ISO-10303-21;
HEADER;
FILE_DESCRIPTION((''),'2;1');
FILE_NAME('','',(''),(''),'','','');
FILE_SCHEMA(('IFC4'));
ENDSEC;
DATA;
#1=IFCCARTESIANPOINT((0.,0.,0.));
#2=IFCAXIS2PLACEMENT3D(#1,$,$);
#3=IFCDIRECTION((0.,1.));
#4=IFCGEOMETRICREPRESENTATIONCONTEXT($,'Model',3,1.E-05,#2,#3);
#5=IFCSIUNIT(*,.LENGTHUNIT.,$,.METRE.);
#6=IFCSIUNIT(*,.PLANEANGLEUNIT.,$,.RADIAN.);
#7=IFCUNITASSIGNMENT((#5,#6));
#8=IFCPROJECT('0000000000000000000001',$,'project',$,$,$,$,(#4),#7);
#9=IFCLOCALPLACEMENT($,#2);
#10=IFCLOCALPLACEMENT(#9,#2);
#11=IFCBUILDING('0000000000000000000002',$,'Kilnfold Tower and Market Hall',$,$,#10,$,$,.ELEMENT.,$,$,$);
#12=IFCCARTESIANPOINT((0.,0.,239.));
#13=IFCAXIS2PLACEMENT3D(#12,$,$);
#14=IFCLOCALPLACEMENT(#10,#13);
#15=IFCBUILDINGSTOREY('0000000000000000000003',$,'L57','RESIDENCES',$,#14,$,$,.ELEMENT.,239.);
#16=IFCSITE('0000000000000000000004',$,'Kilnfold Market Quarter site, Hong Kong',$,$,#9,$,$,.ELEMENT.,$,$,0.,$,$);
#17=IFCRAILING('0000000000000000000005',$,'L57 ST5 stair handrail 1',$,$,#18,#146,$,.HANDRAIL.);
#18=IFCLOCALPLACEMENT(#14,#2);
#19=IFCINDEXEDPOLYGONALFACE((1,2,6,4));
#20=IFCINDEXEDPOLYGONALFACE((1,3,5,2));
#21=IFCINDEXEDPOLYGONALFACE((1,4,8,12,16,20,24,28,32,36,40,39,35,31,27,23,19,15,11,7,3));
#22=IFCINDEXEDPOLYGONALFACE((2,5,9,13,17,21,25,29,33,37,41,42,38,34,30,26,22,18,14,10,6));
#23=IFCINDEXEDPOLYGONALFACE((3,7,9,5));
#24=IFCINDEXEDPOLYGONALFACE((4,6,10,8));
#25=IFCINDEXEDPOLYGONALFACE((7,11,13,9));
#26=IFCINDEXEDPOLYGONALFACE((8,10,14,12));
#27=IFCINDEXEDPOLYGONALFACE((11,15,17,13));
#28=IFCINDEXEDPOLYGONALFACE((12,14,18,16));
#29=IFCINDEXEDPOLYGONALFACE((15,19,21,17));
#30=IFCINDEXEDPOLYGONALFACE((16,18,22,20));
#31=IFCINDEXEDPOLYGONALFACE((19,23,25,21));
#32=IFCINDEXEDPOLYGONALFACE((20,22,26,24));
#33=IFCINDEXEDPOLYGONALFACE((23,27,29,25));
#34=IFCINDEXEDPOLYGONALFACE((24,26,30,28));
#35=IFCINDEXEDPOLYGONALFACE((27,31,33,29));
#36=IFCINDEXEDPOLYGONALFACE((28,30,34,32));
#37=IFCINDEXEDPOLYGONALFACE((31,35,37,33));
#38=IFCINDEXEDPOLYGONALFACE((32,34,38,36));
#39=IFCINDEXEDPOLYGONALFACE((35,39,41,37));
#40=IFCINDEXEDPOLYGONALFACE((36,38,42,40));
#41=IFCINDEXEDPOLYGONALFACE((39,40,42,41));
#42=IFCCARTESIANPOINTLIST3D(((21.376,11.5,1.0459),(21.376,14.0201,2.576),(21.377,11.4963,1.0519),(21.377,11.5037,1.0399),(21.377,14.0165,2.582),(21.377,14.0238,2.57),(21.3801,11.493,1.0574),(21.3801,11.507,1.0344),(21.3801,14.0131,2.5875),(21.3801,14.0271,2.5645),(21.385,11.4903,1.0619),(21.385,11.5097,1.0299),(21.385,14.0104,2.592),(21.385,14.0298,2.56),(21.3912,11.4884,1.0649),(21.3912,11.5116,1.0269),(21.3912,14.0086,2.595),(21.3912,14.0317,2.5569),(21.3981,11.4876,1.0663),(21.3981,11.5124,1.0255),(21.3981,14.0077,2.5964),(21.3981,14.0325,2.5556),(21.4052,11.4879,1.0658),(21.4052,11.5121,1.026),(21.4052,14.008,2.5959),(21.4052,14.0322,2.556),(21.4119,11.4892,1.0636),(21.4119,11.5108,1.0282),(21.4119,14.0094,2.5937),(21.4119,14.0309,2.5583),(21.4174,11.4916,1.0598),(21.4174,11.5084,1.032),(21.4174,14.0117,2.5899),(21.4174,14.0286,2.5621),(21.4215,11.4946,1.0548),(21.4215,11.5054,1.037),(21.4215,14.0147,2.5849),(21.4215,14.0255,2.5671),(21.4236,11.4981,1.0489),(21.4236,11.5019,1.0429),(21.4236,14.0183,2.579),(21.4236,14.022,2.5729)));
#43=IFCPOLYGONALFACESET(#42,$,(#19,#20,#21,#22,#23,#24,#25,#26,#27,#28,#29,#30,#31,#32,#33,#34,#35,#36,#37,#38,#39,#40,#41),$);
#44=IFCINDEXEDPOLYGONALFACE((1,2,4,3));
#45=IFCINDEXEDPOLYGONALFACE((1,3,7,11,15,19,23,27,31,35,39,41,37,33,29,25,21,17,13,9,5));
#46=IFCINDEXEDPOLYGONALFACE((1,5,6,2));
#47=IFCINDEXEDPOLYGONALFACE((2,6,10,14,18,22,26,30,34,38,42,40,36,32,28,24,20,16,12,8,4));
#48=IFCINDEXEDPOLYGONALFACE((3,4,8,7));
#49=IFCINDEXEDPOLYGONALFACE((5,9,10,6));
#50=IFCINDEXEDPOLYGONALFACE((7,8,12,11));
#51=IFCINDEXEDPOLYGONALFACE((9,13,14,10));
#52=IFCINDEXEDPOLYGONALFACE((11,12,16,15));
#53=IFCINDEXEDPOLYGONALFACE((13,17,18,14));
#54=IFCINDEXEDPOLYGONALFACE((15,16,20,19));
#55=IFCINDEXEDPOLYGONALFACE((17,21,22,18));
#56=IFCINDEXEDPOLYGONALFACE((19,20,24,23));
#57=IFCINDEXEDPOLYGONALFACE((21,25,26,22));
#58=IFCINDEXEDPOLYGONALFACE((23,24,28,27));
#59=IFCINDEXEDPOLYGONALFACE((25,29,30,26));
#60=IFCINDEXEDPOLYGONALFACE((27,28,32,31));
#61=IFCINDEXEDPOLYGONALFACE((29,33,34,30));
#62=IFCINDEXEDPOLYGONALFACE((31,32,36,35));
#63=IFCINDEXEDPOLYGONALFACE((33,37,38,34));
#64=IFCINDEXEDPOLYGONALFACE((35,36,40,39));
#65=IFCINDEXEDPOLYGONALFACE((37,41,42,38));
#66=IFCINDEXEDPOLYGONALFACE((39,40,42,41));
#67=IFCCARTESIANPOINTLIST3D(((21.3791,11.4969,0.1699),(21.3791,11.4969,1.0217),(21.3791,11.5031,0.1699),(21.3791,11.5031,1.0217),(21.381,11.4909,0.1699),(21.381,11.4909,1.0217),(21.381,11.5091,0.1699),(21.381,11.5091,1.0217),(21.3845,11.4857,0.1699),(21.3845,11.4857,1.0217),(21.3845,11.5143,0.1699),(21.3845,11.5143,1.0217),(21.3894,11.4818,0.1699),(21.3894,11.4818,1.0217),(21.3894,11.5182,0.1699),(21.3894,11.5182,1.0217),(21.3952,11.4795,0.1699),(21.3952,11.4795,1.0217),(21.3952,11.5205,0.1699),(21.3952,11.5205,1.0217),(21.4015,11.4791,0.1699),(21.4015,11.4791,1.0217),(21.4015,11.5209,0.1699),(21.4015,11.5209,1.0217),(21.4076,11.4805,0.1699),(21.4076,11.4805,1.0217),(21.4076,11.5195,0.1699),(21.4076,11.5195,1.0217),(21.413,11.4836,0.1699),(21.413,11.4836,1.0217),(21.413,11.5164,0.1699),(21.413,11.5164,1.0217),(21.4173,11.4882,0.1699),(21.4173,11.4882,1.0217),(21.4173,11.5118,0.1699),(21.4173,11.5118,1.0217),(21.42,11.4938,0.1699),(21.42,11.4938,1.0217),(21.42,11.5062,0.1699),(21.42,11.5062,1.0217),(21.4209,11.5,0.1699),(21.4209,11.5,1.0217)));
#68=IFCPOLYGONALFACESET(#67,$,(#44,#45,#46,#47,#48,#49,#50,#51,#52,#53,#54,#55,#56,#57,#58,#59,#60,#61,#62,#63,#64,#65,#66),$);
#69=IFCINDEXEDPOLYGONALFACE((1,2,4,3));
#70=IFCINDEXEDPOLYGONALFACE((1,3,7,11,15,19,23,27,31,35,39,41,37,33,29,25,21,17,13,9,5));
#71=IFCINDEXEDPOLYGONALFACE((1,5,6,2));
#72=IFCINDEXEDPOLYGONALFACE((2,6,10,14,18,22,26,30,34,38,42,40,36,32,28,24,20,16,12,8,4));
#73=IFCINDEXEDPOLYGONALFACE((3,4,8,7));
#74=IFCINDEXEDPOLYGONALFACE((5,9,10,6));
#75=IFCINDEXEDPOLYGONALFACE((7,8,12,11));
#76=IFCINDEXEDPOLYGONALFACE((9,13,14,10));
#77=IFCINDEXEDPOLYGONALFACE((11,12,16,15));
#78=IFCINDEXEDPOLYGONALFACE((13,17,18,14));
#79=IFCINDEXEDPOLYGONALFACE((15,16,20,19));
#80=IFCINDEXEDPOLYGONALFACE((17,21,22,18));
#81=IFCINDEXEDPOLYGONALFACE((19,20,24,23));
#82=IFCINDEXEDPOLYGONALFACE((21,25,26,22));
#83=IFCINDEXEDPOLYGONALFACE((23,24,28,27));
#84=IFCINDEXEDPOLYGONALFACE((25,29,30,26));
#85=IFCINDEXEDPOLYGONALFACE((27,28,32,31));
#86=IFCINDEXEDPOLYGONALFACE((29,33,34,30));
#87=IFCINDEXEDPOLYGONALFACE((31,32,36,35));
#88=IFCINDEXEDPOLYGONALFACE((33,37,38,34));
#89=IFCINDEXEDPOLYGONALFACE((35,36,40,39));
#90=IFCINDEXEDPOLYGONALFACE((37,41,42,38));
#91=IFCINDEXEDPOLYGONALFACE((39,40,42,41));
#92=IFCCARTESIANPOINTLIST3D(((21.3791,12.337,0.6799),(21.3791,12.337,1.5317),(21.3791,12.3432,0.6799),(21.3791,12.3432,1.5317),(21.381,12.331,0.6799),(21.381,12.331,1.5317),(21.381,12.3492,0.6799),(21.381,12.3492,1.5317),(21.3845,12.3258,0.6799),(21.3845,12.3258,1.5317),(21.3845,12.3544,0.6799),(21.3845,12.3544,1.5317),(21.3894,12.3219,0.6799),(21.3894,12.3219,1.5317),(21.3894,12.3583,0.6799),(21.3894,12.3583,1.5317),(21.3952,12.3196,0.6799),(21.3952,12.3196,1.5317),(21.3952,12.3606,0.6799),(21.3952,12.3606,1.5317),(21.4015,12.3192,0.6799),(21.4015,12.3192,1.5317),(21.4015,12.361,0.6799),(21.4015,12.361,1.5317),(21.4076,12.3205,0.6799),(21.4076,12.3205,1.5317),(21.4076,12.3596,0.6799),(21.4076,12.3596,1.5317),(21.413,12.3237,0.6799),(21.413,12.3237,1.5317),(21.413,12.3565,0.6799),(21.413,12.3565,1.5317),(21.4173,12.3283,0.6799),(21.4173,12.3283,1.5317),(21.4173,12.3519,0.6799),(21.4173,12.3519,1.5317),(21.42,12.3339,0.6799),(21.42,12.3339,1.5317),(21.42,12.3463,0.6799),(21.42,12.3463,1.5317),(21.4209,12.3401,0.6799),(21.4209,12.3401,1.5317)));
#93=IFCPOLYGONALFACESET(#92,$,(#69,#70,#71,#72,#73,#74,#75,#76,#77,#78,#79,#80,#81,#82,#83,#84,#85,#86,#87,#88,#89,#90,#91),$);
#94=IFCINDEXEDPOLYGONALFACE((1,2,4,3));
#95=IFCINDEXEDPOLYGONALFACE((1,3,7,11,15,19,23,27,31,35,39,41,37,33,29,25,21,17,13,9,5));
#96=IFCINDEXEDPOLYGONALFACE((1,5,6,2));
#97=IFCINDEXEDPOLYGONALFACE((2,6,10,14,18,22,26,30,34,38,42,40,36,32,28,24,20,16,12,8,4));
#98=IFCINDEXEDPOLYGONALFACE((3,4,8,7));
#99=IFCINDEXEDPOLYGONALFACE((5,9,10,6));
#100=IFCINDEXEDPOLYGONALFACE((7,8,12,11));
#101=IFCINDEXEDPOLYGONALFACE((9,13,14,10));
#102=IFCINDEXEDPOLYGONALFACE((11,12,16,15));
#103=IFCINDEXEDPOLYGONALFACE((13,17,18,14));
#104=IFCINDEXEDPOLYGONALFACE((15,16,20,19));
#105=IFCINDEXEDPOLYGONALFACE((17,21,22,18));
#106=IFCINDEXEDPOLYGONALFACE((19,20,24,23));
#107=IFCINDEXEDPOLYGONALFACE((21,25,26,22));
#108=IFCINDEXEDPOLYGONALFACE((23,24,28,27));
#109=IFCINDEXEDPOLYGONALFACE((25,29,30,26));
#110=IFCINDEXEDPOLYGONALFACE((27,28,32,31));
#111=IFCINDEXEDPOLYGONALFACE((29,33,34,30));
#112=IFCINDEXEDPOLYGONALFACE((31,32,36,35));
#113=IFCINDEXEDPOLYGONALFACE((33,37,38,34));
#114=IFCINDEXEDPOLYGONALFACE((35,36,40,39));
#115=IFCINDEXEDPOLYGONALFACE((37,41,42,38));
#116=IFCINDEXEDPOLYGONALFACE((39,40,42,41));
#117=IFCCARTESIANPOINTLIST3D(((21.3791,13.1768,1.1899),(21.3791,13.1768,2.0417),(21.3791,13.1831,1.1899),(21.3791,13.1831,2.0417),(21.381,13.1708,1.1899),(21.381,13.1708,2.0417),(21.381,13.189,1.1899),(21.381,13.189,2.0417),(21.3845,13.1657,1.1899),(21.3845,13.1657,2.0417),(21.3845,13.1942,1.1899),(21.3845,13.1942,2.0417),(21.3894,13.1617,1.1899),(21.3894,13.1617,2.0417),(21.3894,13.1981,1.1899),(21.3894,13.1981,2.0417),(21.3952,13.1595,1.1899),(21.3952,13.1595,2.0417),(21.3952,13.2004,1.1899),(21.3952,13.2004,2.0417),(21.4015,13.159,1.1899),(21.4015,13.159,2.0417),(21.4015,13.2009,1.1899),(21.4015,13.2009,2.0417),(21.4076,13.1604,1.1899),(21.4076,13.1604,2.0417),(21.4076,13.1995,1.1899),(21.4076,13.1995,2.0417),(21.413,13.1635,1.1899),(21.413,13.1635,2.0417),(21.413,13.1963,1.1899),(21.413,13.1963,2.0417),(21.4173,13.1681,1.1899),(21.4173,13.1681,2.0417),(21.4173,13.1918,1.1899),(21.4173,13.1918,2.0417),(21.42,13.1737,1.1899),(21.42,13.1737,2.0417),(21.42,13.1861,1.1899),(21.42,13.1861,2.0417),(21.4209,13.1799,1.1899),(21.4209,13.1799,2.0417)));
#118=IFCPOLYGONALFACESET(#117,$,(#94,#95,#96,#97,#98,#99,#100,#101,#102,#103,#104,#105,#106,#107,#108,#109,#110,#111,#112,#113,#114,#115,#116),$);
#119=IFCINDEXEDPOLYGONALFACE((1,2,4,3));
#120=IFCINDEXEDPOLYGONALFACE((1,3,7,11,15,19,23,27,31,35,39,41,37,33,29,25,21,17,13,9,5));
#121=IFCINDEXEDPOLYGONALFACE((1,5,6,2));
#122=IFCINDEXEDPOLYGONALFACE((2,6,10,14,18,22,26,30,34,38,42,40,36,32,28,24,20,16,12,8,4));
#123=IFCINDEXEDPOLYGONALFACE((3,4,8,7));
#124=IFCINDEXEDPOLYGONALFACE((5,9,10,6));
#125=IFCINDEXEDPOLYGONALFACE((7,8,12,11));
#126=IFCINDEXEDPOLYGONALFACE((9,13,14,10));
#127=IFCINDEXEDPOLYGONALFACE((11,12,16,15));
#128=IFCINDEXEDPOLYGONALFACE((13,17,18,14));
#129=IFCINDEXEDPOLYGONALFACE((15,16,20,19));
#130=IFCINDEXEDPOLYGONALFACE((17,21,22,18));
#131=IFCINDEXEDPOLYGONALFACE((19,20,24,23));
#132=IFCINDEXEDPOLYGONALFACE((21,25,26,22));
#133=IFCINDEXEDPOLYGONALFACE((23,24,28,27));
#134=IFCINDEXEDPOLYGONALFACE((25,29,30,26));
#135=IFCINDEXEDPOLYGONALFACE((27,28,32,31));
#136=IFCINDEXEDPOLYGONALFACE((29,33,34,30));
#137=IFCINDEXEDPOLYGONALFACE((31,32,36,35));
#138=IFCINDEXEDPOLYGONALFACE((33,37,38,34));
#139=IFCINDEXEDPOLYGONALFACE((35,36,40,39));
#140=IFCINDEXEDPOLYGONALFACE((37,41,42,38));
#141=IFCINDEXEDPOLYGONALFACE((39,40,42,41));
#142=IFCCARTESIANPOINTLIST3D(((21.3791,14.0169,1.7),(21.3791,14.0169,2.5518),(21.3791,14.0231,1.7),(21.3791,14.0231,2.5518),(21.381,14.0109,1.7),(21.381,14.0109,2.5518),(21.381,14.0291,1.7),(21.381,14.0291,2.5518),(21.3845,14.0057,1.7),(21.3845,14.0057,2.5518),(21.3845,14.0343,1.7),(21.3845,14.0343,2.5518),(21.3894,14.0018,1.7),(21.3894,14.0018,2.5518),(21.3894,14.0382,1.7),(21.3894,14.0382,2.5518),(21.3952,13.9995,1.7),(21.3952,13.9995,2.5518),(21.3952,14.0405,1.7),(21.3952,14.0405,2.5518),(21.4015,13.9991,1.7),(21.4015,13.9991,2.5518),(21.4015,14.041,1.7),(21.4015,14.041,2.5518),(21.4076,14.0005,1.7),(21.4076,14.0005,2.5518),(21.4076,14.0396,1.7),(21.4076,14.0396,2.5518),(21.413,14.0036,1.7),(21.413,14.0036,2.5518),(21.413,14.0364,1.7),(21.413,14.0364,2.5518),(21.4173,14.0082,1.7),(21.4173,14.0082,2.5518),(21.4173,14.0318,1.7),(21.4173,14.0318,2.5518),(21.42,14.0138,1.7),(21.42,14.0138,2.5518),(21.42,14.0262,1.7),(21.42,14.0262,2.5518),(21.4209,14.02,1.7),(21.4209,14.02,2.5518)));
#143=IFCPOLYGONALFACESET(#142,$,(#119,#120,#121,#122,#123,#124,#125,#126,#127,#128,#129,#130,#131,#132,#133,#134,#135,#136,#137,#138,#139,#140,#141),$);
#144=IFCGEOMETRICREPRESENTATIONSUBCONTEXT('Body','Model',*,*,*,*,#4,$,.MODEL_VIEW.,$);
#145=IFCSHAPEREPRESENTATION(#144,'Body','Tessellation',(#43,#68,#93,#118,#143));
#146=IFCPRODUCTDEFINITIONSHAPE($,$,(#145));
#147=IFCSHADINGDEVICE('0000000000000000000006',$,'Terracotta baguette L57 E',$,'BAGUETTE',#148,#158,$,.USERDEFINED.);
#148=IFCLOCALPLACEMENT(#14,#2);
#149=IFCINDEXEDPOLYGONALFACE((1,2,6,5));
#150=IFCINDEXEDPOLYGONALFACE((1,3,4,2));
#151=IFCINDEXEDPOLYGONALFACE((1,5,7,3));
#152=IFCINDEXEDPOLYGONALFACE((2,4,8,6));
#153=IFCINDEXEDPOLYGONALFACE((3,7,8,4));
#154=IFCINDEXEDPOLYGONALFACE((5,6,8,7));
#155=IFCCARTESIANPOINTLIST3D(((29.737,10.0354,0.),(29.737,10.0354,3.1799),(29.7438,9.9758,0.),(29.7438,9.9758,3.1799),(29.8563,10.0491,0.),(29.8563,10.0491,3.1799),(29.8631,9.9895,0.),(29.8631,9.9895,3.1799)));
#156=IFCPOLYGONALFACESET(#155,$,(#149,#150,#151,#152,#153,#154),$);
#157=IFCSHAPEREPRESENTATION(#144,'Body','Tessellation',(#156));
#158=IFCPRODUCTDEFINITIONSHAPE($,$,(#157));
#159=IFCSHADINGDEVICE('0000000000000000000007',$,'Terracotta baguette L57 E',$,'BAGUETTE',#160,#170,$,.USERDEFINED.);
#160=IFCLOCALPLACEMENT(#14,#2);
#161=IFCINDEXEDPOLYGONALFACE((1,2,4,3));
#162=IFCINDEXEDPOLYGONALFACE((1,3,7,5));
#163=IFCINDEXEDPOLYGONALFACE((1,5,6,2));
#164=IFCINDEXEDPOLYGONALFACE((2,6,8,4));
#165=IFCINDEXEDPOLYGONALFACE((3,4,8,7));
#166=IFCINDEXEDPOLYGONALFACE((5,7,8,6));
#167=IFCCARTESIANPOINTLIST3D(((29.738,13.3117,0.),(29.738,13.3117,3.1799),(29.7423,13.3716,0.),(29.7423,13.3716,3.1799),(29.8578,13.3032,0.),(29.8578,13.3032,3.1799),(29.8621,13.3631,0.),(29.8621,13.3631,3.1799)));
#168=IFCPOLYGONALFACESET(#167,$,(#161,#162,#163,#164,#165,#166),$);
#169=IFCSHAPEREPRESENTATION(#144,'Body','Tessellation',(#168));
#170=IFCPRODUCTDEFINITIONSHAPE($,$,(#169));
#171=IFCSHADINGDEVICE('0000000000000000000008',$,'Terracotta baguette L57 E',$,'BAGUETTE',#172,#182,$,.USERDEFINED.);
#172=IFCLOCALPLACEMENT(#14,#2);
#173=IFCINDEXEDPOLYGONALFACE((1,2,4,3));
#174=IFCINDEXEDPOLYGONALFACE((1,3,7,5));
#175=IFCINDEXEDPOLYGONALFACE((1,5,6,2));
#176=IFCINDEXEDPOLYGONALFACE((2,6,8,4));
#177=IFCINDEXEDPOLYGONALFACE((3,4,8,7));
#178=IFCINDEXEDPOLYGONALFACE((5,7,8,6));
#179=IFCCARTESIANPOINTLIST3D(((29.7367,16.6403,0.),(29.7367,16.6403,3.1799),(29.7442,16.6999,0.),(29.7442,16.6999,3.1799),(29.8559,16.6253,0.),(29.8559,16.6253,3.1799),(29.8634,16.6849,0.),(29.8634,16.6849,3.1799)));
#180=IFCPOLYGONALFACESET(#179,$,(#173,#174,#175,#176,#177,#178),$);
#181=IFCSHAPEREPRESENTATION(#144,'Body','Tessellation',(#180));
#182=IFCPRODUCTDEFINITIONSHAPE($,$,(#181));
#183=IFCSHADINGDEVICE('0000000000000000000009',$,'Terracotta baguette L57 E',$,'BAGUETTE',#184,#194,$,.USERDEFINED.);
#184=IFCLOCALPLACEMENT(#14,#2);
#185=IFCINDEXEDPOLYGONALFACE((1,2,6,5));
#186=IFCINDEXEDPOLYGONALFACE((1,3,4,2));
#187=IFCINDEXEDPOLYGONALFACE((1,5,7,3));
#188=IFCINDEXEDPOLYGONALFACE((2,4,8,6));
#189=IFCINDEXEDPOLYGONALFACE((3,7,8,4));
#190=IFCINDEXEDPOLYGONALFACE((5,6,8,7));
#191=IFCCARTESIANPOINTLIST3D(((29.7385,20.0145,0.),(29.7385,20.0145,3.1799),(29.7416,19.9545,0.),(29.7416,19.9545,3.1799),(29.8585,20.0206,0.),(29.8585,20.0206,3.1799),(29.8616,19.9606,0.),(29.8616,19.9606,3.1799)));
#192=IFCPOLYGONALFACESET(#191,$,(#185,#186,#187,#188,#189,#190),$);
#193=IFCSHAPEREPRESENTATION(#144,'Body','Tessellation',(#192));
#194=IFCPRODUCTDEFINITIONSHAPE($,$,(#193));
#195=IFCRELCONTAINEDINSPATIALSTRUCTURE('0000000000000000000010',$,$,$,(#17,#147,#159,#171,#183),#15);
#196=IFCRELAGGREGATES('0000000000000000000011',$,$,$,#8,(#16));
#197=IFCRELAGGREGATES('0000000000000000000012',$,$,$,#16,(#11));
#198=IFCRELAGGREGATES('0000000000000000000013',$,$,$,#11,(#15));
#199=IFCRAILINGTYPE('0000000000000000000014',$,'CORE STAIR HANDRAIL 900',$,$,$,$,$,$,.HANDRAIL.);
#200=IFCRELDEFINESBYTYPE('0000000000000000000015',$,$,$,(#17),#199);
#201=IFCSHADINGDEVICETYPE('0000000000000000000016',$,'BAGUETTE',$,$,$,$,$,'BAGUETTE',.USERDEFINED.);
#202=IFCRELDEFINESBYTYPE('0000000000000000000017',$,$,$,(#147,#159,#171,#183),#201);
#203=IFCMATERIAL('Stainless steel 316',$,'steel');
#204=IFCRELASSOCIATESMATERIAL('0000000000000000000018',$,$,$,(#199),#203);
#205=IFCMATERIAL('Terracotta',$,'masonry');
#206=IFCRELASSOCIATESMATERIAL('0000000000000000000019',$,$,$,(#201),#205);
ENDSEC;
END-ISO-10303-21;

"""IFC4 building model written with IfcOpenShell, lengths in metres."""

from ifc_helpers import new_model, si_unit, direction, frame, origin, origin_2d, place, context, subcontext, project, spatial, rectangle, circle, extrude, source, transform, mapped, material, material_profile, profile_set, type_object, element, save


model = new_model("IFC4")

# Units and contexts
model_context = context("Model", 3, precision=1e-05, world=origin(), true_north=direction((0.0, 1.0)))
body_context = subcontext(model_context, "Body", "Model", "MODEL_VIEW")
ifc_project = project(units=[si_unit("LENGTHUNIT", "METRE"), si_unit("PLANEANGLEUNIT", "RADIAN")], contexts=[model_context])

# Site, building, storey
site_placement = place(None, origin())
site = spatial("IfcSite", under=ifc_project, at=site_placement, Name="Kilnfold Market Quarter site, Hong Kong", CompositionType="ELEMENT", RefElevation=0.0)
building_placement = place(site_placement, origin())
building = spatial("IfcBuilding", under=site, at=building_placement, Name="Kilnfold Tower and Market Hall", CompositionType="ELEMENT")
storey_placement = place(building_placement, frame((0.0, 0.0, 239.0)))
storey = spatial("IfcBuildingStorey", under=building, at=storey_placement, Name="L57", Description="RESIDENCES", CompositionType="ELEMENT", Elevation=239.0)

# Railing
ifc_material_1 = material(Name="Stainless steel 316", Category="steel")
railing_type_1 = type_object("IfcRailingType", Name="CORE STAIR HANDRAIL 900", PredefinedType="HANDRAIL", material=ifc_material_1)
railing_1_placement = place(storey_placement, frame((21.3999, 11.5, 0.1699)))
element("IfcRailing", 1, at=railing_1_placement, inside=storey, type_object=railing_type_1, Name="L57 ST5 stair handrail 1", PredefinedType="HANDRAIL", context=body_context, shape_type="SweptSolid", body=[
    extrude(circle(Radius=0.0239, at=origin_2d()), frame((0.0, 0.0, 0.876), z_axis=(0.0, 0.854785, 0.518982), x_axis=(-1.0, 0.0, 0.0)), (0.0, 0.0, 1.0), 2.9482),
    extrude(circle(Radius=0.021, at=origin_2d()), origin(), (0.0, 0.0, 1.0), 0.8518),
    extrude(circle(Radius=0.021, at=origin_2d()), frame((0.0, 0.8401, 0.51)), (0.0, 0.0, 1.0), 0.8518),
    extrude(circle(Radius=0.021, at=origin_2d()), frame((0.0, 1.6799, 1.02)), (0.0, 0.0, 1.0), 0.8518),
    extrude(circle(Radius=0.021, at=origin_2d()), frame((0.0, 2.52, 1.53)), (0.0, 0.0, 1.0), 0.8518),
])

# Shading devices
ifc_material_2 = material(Name="Terracotta", Category="masonry")
ifc_material_profile_1 = material_profile(ifc_material_2, rectangle(XDim=0.0601, YDim=0.1201, at=origin_2d()), Name="BAG 60x120")
ifc_profile_set_1 = profile_set([ifc_material_profile_1], Name="Terracotta")
shading_device_type = type_object("IfcShadingDeviceType", Name="BAGUETTE", ElementType="BAGUETTE", PredefinedType="USERDEFINED", material=ifc_profile_set_1)
shared_shape_1 = source(origin(), body_context, "Body", "SweptSolid", [
    extrude(rectangle(XDim=0.0601, YDim=0.1201, at=origin_2d()), origin(), (0.0, 0.0, 1.0), 3.1799),
])
for number, where, z_axis, x_axis, name in (
    (2, (29.8, 10.0125, 0.0), (0.0, 0.0, 1.0), (-0.114157, 0.993463, 0.0), "Terracotta baguette L57 E"),
    (3, (29.8, 13.3374, 0.0), (0.0, 0.0, 1.0), (0.070759, 0.997493, 0.0), "Terracotta baguette L57 E"),
    (4, (29.8, 16.6626, 0.0), (0.0, 0.0, 1.0), (0.12519, 0.992133, 0.0), "Terracotta baguette L57 E"),
    (5, (29.8, 19.9875, 0.0), (0.0, 0.0, 1.0), (-0.0511, 0.998694, 0.0), "Terracotta baguette L57 E"),
):
    element("IfcShadingDevice", number, at=place(storey_placement, frame(where, z_axis=z_axis, x_axis=x_axis)), inside=storey, type_object=shading_device_type, Name=name, ObjectType="BAGUETTE", PredefinedType="USERDEFINED", context=body_context, shape_type="MappedRepresentation", body=[
        mapped(shared_shape_1, transform((0.0, 0.0, 0.0))),
    ])

save(model, "model.ifc")
